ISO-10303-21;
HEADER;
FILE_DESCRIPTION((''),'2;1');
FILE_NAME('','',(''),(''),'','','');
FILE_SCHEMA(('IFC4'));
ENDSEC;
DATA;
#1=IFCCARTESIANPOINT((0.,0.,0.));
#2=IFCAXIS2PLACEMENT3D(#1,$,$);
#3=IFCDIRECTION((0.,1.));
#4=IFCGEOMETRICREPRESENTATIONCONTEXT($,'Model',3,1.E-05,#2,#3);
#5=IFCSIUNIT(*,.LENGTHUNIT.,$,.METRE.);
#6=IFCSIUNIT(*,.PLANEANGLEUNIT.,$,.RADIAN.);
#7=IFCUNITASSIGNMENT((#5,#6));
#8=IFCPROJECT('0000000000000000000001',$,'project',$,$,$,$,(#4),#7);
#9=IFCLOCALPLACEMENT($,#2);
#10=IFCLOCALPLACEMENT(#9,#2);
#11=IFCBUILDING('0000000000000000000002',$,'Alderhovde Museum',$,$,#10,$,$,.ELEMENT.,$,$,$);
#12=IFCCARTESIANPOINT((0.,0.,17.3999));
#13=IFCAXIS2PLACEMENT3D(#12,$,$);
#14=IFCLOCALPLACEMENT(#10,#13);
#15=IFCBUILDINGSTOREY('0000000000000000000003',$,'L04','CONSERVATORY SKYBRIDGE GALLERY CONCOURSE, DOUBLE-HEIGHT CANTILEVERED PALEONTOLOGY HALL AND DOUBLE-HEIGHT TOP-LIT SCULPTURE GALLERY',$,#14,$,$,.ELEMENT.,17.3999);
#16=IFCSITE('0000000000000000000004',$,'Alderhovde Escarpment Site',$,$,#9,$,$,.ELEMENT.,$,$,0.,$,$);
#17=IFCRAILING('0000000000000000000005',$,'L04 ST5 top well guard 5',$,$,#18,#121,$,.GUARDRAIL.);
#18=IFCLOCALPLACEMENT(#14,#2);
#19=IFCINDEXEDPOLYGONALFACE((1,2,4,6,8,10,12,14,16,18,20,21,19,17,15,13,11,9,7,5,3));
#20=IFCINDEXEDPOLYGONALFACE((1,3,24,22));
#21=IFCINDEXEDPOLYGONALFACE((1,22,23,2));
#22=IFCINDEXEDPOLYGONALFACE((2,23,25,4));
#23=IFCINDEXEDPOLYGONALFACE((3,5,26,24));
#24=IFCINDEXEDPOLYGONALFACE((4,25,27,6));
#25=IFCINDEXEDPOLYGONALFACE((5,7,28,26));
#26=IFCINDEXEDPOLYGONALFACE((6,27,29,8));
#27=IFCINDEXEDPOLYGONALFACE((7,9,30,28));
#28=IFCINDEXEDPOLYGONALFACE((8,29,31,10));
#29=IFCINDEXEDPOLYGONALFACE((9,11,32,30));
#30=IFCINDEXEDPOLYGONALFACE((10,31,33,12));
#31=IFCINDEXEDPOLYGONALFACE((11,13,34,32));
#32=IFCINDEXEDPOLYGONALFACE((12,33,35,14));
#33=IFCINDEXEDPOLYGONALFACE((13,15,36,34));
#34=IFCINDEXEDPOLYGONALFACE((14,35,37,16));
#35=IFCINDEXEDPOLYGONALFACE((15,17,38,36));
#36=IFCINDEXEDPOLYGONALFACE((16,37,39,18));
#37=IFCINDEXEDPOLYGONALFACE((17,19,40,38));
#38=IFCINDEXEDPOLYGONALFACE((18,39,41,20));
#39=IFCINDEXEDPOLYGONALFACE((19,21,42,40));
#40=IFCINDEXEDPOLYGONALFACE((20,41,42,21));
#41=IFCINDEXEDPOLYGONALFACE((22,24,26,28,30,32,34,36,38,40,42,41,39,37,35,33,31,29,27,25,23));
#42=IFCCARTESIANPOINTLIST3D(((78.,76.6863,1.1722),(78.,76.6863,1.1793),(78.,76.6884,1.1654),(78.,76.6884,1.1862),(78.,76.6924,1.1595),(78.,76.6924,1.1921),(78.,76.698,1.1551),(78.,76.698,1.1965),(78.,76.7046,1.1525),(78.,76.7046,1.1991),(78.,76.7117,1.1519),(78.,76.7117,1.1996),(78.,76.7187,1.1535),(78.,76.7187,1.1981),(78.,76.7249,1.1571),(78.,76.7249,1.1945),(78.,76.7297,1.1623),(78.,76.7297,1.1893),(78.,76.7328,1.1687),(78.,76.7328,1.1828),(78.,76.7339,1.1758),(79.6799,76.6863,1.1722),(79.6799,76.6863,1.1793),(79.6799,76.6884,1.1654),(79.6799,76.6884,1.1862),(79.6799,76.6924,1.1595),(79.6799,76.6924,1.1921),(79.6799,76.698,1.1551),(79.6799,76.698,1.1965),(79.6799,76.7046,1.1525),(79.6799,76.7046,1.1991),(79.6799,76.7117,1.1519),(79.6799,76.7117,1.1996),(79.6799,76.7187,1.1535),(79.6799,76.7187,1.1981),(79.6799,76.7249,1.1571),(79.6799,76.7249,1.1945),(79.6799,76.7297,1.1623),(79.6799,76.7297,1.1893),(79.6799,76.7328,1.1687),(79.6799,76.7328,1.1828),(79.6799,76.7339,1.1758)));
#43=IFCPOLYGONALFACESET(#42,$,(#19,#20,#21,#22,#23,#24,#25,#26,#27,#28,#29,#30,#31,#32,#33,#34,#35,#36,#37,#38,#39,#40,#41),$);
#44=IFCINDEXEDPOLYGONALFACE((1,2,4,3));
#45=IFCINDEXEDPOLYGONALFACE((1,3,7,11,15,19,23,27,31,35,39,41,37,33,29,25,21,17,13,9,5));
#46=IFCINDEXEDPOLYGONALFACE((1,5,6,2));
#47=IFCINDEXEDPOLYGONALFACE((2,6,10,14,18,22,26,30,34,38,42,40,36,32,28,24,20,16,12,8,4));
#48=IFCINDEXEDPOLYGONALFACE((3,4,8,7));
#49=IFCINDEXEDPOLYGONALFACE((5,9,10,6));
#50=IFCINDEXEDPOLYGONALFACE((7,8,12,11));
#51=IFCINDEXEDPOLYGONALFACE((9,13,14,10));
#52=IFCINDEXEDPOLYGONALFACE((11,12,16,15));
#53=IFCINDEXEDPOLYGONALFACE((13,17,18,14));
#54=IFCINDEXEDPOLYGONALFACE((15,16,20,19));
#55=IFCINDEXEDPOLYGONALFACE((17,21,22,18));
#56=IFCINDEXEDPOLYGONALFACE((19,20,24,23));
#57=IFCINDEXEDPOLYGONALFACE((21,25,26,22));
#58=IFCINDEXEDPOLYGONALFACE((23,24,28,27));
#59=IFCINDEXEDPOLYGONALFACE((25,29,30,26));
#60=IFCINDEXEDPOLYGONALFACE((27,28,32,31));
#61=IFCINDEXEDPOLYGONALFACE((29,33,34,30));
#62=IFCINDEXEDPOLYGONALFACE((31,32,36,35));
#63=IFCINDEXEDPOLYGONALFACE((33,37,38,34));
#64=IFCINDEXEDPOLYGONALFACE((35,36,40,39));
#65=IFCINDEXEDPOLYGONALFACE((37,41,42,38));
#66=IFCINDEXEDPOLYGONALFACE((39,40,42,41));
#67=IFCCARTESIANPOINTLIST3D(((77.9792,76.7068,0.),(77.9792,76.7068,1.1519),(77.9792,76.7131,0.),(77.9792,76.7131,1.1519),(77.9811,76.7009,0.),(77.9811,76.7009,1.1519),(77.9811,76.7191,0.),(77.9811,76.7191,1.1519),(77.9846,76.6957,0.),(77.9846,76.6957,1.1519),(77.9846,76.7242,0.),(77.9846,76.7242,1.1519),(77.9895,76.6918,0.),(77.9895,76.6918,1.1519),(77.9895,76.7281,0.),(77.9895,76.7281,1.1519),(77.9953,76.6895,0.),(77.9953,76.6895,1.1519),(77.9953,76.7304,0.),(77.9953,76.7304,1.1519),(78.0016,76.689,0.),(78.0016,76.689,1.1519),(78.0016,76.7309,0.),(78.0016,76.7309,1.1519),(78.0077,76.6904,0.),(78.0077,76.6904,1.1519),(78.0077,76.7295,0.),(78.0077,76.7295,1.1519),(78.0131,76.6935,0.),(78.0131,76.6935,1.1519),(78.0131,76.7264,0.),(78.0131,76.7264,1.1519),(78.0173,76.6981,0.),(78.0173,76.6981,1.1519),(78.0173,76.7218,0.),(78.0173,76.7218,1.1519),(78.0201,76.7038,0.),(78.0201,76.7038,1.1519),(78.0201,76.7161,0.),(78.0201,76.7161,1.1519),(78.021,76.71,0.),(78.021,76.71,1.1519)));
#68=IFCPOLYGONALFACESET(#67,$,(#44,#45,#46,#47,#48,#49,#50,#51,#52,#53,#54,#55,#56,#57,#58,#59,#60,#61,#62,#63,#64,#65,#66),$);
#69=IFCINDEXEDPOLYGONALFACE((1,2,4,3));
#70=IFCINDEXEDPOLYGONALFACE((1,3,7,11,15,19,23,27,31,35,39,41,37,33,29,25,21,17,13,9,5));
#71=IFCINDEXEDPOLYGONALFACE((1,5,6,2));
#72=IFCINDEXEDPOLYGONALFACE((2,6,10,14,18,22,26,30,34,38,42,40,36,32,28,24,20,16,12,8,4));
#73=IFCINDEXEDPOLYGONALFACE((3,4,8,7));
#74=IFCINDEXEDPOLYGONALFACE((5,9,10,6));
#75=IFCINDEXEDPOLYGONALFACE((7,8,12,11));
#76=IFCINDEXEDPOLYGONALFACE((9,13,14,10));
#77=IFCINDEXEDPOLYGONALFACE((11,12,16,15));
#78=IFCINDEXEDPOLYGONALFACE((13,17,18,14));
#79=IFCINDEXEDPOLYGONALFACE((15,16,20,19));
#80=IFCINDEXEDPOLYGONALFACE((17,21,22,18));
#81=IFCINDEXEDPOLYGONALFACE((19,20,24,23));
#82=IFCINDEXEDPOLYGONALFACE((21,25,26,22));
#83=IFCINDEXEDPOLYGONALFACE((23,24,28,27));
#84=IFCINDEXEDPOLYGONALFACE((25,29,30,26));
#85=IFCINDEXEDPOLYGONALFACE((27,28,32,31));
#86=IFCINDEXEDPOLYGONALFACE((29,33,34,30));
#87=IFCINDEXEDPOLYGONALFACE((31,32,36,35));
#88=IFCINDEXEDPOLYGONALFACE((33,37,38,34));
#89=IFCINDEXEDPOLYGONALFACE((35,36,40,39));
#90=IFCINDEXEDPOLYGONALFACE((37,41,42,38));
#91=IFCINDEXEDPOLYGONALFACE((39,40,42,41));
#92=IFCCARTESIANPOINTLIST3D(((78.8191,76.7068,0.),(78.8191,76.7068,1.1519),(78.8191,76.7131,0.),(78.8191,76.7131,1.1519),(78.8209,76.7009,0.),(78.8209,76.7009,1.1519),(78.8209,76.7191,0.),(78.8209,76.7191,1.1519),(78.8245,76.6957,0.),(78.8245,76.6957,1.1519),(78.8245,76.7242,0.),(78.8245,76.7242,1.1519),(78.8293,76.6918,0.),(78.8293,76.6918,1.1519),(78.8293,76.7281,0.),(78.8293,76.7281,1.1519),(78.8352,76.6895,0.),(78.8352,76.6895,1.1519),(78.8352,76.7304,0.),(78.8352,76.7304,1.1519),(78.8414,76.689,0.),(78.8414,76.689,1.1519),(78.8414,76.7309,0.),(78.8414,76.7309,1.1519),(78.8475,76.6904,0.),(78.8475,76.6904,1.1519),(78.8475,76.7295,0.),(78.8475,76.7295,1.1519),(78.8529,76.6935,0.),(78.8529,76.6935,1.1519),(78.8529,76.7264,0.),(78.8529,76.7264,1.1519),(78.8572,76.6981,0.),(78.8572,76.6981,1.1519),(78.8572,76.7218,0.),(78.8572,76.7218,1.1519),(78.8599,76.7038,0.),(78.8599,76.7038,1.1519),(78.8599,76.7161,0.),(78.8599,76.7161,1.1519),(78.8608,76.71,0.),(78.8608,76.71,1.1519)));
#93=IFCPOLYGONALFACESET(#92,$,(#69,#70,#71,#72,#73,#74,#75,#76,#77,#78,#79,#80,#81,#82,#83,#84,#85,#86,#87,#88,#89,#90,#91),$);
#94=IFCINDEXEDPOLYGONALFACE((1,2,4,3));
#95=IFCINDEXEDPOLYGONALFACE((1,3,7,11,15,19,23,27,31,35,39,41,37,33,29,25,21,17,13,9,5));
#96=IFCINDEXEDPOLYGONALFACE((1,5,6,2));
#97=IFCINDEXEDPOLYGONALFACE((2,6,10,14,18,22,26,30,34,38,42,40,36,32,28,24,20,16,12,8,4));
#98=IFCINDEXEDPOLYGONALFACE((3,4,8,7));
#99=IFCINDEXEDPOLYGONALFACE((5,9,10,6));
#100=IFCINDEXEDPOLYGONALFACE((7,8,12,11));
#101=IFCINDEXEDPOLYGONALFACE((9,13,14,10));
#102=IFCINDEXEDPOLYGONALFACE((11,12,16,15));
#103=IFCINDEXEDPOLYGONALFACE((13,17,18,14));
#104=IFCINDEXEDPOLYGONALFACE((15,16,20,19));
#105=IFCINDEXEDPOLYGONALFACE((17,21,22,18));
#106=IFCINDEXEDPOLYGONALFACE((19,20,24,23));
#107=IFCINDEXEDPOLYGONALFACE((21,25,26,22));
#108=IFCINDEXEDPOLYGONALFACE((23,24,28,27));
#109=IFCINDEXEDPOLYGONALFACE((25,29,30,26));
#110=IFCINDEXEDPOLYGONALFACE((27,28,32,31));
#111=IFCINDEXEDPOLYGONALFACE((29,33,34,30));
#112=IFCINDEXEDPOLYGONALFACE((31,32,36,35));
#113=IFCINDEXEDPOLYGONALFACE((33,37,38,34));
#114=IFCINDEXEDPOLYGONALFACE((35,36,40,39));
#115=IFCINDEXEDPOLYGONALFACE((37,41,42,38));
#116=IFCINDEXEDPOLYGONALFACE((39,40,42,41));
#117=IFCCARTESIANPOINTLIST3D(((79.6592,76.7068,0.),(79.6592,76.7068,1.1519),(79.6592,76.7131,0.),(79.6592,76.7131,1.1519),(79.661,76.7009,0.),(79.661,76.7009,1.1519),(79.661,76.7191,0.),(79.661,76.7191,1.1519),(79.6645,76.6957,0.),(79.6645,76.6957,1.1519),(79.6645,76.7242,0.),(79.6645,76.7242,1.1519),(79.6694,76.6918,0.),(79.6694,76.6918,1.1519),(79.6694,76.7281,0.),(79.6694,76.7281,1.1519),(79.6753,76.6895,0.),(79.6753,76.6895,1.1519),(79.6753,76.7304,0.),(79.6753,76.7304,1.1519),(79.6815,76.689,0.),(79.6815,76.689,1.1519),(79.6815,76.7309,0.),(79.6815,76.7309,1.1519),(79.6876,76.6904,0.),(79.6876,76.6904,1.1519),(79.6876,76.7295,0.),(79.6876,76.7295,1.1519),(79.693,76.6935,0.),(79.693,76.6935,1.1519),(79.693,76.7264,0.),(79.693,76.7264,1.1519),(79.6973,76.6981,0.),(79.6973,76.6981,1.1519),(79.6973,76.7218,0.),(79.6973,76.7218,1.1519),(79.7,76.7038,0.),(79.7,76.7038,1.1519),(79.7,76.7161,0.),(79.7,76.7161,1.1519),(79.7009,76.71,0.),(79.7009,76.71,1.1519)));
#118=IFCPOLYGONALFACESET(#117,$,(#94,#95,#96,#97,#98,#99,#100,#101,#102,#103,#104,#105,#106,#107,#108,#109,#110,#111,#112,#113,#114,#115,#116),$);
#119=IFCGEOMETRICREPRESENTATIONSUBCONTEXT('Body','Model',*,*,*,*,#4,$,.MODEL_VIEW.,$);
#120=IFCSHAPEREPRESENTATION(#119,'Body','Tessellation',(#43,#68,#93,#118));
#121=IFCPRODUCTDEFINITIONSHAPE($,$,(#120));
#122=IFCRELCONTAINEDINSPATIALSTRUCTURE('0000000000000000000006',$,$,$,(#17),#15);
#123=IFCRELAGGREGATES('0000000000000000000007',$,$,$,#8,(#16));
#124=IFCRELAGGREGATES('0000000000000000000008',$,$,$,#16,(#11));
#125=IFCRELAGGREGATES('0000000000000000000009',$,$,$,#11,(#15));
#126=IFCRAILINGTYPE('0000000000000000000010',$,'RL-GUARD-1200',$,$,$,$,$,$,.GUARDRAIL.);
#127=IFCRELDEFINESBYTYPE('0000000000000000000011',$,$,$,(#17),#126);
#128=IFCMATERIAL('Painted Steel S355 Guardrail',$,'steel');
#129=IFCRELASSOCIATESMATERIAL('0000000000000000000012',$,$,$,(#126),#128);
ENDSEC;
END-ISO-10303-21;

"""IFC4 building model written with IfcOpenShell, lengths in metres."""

from ifc_helpers import new_model, si_unit, direction, frame, origin, origin_2d, place, context, subcontext, project, spatial, circle, extrude, material, type_object, element, save


model = new_model("IFC4")

# Units and contexts
model_context = context("Model", 3, precision=1e-05, world=origin(), true_north=direction((0.0, 1.0)))
body_context = subcontext(model_context, "Body", "Model", "MODEL_VIEW")
ifc_project = project(units=[si_unit("LENGTHUNIT", "METRE"), si_unit("PLANEANGLEUNIT", "RADIAN")], contexts=[model_context])

# Site, building, storey
site_placement = place(None, origin())
site = spatial("IfcSite", under=ifc_project, at=site_placement, Name="Alderhovde Escarpment Site", CompositionType="ELEMENT", RefElevation=0.0)
building_placement = place(site_placement, origin())
building = spatial("IfcBuilding", under=site, at=building_placement, Name="Alderhovde Museum", CompositionType="ELEMENT")
storey_placement = place(building_placement, frame((0.0, 0.0, 17.3999)))
storey = spatial("IfcBuildingStorey", under=building, at=storey_placement, Name="L04", Description="CONSERVATORY SKYBRIDGE GALLERY CONCOURSE, DOUBLE-HEIGHT CANTILEVERED PALEONTOLOGY HALL AND DOUBLE-HEIGHT TOP-LIT SCULPTURE GALLERY", CompositionType="ELEMENT", Elevation=17.3999)

# Railing
ifc_material_1 = material(Name="Painted Steel S355 Guardrail", Category="steel")
railing_type = type_object("IfcRailingType", Name="RL-GUARD-1200", PredefinedType="GUARDRAIL", material=ifc_material_1)
for number, where, name in (
    (1, (78.0, 76.71, 0.0), "L04 ST5 top well guard 5"),
):
    element("IfcRailing", number, at=place(storey_placement, frame(where)), inside=storey, type_object=railing_type, Name=name, PredefinedType="GUARDRAIL", context=body_context, shape_type="SweptSolid", body=[
        extrude(circle(Radius=0.0239, at=origin_2d()), frame((0.0, 0.0, 1.1758), z_axis=(1.0, 0.0, 0.0), x_axis=(0.0, 1.0, 0.0)), (0.0, 0.0, 1.0), 1.6799),
        extrude(circle(Radius=0.021, at=origin_2d()), origin(), (0.0, 0.0, 1.0), 1.1519),
        extrude(circle(Radius=0.021, at=origin_2d()), frame((0.8398, 0.0, 0.0)), (0.0, 0.0, 1.0), 1.1519),
        extrude(circle(Radius=0.021, at=origin_2d()), frame((1.6799, 0.0, 0.0)), (0.0, 0.0, 1.0), 1.1519),
    ])

save(model, "model.ifc")
